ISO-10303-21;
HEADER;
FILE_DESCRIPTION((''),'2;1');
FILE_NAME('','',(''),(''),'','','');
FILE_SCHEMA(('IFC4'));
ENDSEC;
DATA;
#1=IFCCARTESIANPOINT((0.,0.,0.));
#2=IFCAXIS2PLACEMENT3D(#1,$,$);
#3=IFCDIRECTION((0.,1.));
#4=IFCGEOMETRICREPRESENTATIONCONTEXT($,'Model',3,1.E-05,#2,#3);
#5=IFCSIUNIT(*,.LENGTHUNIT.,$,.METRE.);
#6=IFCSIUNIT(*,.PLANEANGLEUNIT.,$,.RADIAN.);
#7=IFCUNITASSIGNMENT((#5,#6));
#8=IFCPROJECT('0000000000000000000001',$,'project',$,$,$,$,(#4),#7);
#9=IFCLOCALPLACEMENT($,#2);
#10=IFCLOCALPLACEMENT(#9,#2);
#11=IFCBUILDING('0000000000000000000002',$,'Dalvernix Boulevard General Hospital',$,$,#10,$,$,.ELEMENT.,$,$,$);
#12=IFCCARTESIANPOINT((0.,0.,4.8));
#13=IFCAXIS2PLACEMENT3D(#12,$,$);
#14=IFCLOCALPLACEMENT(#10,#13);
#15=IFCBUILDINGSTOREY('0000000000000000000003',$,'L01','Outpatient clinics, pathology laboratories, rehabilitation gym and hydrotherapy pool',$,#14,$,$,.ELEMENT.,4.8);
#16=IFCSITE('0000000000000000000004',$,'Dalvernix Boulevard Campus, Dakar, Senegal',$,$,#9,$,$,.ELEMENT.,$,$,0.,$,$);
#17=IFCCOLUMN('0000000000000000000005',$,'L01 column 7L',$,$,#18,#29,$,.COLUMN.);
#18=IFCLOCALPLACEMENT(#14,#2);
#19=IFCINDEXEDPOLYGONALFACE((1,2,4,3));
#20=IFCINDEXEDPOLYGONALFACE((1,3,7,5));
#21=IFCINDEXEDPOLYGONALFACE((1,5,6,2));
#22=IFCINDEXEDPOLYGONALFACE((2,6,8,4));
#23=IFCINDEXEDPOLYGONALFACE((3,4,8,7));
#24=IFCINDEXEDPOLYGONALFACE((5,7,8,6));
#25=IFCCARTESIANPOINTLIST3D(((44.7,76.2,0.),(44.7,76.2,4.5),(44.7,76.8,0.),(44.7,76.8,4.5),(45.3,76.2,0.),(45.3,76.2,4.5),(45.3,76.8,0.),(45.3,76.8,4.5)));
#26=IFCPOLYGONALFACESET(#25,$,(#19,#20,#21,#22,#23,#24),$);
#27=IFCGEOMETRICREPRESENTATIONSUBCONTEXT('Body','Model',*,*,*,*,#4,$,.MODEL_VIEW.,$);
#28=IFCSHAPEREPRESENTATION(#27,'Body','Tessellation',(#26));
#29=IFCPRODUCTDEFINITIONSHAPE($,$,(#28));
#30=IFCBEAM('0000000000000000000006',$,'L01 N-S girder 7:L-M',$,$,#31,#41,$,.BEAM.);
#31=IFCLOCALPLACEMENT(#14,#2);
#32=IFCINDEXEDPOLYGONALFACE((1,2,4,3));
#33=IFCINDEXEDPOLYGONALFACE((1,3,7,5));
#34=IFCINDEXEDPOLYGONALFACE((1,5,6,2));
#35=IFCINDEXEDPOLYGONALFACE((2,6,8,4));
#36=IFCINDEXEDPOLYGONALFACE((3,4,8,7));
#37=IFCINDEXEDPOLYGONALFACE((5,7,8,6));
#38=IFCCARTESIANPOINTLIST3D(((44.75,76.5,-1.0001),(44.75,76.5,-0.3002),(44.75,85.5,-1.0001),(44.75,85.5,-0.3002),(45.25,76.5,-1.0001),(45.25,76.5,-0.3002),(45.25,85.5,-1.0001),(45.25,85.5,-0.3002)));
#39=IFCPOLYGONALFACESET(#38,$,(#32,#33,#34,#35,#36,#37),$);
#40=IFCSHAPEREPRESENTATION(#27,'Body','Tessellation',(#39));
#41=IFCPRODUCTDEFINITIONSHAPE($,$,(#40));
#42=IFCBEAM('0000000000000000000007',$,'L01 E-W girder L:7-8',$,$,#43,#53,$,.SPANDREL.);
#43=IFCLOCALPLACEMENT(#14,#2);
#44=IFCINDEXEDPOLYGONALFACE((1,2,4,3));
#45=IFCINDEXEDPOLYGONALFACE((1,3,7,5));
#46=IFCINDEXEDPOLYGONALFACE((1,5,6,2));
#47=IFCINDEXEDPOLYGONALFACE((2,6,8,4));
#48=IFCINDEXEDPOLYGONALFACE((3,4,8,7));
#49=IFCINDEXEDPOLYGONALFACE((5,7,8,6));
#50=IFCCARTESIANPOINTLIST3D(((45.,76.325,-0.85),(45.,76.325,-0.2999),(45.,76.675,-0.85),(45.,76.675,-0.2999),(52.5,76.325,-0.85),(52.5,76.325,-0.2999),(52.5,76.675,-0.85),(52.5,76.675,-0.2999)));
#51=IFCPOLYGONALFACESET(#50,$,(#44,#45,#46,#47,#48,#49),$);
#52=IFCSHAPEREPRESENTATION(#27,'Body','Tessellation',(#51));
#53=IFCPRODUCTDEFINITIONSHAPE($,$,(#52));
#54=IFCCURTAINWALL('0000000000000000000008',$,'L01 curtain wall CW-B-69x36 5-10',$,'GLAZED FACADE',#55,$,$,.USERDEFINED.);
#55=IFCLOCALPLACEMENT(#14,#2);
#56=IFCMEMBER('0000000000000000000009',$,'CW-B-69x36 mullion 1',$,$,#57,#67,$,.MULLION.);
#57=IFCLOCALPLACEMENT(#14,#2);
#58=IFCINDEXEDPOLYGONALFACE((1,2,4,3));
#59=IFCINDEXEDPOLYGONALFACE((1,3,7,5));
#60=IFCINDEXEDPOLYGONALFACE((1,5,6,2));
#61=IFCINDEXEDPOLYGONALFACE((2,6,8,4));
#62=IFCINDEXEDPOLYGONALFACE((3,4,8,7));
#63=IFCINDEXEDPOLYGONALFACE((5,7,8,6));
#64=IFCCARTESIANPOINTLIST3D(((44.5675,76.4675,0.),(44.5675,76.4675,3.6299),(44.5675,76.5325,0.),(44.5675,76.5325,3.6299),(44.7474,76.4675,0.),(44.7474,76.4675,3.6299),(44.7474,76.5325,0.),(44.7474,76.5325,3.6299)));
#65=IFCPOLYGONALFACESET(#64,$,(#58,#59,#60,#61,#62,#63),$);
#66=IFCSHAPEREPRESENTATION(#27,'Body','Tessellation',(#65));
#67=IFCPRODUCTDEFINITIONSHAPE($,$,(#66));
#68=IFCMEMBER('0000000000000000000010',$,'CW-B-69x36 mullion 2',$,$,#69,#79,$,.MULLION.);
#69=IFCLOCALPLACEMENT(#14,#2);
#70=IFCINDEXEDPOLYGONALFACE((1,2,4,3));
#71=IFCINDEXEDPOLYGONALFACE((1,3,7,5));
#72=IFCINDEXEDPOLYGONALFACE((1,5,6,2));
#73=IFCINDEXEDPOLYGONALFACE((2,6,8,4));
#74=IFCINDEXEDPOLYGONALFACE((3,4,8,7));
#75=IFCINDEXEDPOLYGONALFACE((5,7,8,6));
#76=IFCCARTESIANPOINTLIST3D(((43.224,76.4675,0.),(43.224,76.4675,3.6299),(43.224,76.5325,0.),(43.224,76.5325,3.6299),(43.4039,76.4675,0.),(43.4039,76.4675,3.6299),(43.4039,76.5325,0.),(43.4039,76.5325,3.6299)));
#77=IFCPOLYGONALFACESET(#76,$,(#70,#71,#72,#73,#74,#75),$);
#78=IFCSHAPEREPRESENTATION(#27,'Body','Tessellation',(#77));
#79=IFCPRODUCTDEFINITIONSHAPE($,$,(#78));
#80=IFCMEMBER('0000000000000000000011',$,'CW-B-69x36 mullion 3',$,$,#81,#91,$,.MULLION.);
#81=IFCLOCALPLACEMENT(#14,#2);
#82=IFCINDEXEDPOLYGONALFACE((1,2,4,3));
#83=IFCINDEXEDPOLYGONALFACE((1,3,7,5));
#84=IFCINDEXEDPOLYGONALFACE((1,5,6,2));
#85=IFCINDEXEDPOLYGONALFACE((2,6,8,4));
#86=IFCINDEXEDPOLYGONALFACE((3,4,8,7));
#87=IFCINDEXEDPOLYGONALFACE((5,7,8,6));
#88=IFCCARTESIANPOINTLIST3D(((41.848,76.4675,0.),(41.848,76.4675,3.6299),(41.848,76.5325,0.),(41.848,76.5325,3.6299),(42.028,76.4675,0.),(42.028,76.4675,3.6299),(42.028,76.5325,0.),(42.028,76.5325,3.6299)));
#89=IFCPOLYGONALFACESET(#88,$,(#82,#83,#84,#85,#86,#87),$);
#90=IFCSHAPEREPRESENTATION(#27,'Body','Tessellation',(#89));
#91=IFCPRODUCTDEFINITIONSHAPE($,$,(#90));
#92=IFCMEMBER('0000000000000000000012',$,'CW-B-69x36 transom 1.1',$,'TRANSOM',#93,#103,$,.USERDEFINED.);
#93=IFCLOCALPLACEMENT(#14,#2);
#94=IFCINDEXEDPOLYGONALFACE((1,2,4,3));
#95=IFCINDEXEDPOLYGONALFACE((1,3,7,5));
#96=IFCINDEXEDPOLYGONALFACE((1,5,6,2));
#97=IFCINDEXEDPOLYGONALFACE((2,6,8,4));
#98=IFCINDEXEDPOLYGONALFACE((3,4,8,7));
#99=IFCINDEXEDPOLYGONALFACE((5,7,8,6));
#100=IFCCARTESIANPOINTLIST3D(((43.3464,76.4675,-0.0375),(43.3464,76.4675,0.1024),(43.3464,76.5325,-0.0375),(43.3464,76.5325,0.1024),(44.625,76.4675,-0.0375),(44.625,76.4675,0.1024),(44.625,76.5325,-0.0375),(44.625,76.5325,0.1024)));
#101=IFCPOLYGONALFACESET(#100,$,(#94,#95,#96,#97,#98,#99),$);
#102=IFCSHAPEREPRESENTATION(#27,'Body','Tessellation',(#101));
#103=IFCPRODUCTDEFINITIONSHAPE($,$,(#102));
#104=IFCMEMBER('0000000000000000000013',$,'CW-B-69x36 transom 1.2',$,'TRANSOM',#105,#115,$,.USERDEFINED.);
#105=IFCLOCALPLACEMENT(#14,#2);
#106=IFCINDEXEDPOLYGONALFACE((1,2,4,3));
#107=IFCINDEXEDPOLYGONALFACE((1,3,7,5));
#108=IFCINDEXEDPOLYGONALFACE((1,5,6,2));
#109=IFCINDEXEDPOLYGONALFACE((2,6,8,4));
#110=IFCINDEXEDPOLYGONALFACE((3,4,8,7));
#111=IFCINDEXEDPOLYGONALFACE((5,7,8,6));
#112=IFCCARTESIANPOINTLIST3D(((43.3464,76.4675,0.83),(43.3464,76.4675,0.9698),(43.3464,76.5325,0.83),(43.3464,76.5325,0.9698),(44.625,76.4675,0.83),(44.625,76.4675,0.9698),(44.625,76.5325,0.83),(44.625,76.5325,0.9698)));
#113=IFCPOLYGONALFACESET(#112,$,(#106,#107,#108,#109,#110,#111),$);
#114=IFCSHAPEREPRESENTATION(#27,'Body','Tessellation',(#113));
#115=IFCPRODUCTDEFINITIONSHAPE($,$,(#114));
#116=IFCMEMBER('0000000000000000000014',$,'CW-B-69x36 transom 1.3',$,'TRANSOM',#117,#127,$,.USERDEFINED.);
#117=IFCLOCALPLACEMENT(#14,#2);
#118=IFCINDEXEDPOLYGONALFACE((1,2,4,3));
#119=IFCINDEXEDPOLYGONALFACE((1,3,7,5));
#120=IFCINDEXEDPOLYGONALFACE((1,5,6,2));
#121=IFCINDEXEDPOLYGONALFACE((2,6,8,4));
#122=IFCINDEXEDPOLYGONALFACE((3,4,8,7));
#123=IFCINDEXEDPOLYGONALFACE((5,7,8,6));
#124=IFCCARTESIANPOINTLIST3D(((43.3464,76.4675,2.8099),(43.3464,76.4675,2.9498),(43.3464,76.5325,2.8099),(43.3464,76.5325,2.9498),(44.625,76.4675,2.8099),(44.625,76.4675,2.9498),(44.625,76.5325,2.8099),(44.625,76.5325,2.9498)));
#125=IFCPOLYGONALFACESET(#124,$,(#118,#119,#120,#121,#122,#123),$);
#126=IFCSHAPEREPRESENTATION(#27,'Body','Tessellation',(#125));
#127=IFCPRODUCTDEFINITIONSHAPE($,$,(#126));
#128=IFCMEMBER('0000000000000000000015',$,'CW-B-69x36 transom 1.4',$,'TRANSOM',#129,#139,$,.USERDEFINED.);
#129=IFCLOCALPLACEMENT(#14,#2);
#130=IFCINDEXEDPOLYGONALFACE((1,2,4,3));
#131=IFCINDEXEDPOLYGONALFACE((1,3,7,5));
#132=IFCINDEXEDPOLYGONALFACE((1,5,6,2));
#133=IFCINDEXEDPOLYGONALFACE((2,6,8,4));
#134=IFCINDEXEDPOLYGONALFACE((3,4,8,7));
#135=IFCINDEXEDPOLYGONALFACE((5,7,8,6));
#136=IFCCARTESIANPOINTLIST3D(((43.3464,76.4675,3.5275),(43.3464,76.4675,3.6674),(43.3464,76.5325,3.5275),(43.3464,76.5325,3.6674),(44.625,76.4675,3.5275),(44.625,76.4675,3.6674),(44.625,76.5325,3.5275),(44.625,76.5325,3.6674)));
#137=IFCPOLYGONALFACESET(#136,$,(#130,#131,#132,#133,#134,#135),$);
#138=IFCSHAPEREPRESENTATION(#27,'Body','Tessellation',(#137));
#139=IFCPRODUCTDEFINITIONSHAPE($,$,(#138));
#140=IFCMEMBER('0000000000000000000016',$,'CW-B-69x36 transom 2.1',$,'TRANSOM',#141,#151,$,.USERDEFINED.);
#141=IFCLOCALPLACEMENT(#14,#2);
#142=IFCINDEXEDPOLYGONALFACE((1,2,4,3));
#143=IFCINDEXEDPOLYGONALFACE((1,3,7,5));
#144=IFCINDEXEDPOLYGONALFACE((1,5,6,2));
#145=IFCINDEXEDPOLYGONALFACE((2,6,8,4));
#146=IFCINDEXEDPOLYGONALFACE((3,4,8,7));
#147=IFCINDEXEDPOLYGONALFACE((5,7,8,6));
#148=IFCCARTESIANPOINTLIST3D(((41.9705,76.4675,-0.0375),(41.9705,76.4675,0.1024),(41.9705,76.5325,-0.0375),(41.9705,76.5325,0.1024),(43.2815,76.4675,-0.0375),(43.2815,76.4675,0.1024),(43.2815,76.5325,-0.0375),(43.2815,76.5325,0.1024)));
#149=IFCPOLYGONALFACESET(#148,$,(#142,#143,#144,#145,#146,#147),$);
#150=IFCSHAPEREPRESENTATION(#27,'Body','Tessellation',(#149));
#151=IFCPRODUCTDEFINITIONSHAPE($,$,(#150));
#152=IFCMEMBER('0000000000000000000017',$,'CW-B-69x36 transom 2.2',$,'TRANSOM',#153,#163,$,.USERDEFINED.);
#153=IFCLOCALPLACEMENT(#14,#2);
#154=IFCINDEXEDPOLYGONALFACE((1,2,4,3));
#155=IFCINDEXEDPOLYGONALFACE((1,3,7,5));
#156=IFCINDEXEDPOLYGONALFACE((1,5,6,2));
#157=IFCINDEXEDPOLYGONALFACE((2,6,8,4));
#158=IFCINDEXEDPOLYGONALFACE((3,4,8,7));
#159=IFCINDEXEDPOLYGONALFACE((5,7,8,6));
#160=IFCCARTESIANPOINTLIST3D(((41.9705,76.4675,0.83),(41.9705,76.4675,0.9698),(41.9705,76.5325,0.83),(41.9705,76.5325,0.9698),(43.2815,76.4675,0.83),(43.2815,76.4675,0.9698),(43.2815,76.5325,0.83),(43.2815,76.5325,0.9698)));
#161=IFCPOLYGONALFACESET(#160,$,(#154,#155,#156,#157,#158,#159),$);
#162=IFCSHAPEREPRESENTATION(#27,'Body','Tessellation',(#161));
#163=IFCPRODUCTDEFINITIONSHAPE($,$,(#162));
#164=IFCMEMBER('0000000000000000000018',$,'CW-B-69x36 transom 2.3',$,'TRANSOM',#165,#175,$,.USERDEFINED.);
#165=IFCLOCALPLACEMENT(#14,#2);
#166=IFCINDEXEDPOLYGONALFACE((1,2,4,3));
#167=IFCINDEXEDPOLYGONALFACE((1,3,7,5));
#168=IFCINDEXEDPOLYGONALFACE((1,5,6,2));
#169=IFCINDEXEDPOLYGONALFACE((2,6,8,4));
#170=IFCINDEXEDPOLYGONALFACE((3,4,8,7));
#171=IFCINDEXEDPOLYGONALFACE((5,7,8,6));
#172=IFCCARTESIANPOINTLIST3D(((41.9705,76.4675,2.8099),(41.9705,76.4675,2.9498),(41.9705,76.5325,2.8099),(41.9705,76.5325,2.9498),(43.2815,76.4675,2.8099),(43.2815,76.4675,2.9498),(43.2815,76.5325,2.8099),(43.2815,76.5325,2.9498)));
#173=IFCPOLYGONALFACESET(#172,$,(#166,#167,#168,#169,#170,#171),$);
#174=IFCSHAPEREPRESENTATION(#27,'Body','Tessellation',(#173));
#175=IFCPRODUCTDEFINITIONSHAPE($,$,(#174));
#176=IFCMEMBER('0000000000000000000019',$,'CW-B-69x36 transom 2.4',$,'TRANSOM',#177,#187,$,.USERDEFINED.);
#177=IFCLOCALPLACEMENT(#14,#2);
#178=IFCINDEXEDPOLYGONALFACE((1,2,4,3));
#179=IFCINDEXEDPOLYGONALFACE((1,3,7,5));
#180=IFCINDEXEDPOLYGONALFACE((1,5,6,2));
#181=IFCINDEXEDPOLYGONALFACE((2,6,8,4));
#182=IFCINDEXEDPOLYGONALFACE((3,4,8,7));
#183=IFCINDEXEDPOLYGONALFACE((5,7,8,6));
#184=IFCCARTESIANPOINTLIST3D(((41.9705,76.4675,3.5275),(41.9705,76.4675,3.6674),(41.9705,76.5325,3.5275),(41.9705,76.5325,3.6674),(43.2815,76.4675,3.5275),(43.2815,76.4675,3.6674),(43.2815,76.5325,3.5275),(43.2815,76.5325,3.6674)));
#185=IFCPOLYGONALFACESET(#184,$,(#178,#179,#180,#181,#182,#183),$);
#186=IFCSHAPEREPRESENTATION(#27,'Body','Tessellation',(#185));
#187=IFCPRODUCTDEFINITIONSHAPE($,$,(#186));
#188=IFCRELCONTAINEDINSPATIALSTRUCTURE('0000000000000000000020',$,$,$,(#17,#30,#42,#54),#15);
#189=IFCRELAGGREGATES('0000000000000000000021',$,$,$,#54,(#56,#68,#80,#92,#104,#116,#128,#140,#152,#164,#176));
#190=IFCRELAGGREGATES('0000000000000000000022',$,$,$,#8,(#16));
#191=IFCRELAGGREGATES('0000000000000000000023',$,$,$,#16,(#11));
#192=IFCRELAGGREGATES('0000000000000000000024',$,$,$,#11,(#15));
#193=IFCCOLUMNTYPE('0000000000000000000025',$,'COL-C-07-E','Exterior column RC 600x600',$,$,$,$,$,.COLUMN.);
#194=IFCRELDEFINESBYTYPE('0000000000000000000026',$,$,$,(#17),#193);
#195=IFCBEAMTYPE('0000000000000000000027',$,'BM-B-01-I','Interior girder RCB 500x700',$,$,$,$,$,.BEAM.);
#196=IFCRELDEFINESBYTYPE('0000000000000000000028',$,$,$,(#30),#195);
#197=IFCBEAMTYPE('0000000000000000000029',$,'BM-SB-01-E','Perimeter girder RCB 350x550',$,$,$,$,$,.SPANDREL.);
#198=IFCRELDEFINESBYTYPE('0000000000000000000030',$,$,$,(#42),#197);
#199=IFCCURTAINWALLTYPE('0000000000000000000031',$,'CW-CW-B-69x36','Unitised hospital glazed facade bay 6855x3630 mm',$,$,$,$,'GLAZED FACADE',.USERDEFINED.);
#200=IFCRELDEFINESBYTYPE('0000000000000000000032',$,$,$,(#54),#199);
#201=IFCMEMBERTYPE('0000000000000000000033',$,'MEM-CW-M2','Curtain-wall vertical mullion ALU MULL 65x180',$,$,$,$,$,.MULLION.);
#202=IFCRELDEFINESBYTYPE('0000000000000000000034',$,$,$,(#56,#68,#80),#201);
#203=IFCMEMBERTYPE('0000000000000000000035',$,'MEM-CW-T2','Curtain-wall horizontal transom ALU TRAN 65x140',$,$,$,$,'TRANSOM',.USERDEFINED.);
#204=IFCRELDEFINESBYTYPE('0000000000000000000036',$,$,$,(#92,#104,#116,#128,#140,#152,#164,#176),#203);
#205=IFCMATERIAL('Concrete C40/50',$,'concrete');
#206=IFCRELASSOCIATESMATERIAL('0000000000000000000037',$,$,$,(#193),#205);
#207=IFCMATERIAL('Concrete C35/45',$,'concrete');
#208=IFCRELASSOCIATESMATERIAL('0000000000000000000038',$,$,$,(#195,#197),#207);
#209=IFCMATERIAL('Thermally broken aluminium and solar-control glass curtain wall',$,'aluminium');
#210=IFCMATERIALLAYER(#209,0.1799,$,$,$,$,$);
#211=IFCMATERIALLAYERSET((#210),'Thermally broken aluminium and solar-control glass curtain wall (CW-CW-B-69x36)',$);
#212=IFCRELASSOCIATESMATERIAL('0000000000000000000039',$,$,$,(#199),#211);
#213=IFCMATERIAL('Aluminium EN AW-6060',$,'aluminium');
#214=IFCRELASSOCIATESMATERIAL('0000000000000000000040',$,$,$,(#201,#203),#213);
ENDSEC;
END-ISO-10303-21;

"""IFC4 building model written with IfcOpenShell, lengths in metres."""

from ifc_helpers import new_model, si_unit, direction, frame, origin, origin_2d, place, context, subcontext, project, spatial, rectangle, extrude, material, layer, layer_set, material_profile, profile_set, type_object, element, aggregate, save


model = new_model("IFC4")

# Units and contexts
model_context = context("Model", 3, precision=1e-05, world=origin(), true_north=direction((0.0, 1.0)))
body_context = subcontext(model_context, "Body", "Model", "MODEL_VIEW")
ifc_project = project(units=[si_unit("LENGTHUNIT", "METRE"), si_unit("PLANEANGLEUNIT", "RADIAN")], contexts=[model_context])

# Site, building, storey
site_placement = place(None, origin())
site = spatial("IfcSite", under=ifc_project, at=site_placement, Name="Dalvernix Boulevard Campus, Dakar, Senegal", CompositionType="ELEMENT", RefElevation=0.0)
building_placement = place(site_placement, origin())
building = spatial("IfcBuilding", under=site, at=building_placement, Name="Dalvernix Boulevard General Hospital", CompositionType="ELEMENT")
storey_placement = place(building_placement, frame((0.0, 0.0, 4.8)))
storey = spatial("IfcBuildingStorey", under=building, at=storey_placement, Name="L01", Description="Outpatient clinics, pathology laboratories, rehabilitation gym and hydrotherapy pool", CompositionType="ELEMENT", Elevation=4.8)

# Column
ifc_material_1 = material(Name="Concrete C40/50", Category="concrete")
ifc_material_profile_1 = material_profile(ifc_material_1, rectangle(XDim=0.6001, YDim=0.6001, at=origin_2d()), Name="RC 600x600")
ifc_profile_set_1 = profile_set([ifc_material_profile_1], Name="Concrete C40/50")
column_type = type_object("IfcColumnType", Name="COL-C-07-E", Description="Exterior column RC 600x600", PredefinedType="COLUMN", material=ifc_profile_set_1)
column_placement = place(storey_placement, frame((45.0, 76.5, 0.0), z_axis=(0.0, 0.0, 1.0), x_axis=(1.0, 0.0, 0.0)))
element("IfcColumn", 1, at=column_placement, inside=storey, type_object=column_type, Name="L01 column 7L", PredefinedType="COLUMN", context=body_context, shape_type="SweptSolid", body=[
    extrude(rectangle(XDim=0.6001, YDim=0.6001, at=origin_2d()), origin(), (0.0, 0.0, 1.0), 4.5),
])

# Beams
ifc_material_2 = material(Name="Concrete C35/45", Category="concrete")
ifc_material_profile_2 = material_profile(ifc_material_2, rectangle(XDim=0.5, YDim=0.7, at=origin_2d()), Name="RCB 500x700")
ifc_profile_set_2 = profile_set([ifc_material_profile_2], Name="Concrete C35/45")
beam_type_1 = type_object("IfcBeamType", Name="BM-B-01-I", Description="Interior girder RCB 500x700", PredefinedType="BEAM", material=ifc_profile_set_2)
beam_1_placement = place(storey_placement, frame((45.0, 76.5, -0.6501), z_axis=(0.0, 1.0, 0.0), x_axis=(-1.0, 0.0, 0.0)))
element("IfcBeam", 2, at=beam_1_placement, inside=storey, type_object=beam_type_1, Name="L01 N-S girder 7:L-M", PredefinedType="BEAM", context=body_context, shape_type="SweptSolid", body=[
    extrude(rectangle(XDim=0.5, YDim=0.7, at=origin_2d()), origin(), (0.0, 0.0, 1.0), 9.0),
])
ifc_material_profile_3 = material_profile(ifc_material_2, rectangle(XDim=0.3501, YDim=0.55, at=origin_2d()), Name="RCB 350x550")
ifc_profile_set_3 = profile_set([ifc_material_profile_3], Name="Concrete C35/45")
beam_type_2 = type_object("IfcBeamType", Name="BM-SB-01-E", Description="Perimeter girder RCB 350x550", PredefinedType="SPANDREL", material=ifc_profile_set_3)
beam_2_placement = place(storey_placement, frame((45.0, 76.5, -0.575), z_axis=(1.0, 0.0, 0.0), x_axis=(0.0, 1.0, 0.0)))
element("IfcBeam", 3, at=beam_2_placement, inside=storey, type_object=beam_type_2, Name="L01 E-W girder L:7-8", PredefinedType="SPANDREL", context=body_context, shape_type="SweptSolid", body=[
    extrude(rectangle(XDim=0.3501, YDim=0.55, at=origin_2d()), origin(), (0.0, 0.0, 1.0), 7.5),
])

# Curtain wall, members
ifc_material_3 = material(Name="Thermally broken aluminium and solar-control glass curtain wall", Category="aluminium")
ifc_layer_1 = layer(ifc_material_3, 0.1799)
ifc_layer_set_1 = layer_set([ifc_layer_1], Name="Thermally broken aluminium and solar-control glass curtain wall (CW-CW-B-69x36)")
curtain_wall_type = type_object("IfcCurtainWallType", Name="CW-CW-B-69x36", Description="Unitised hospital glazed facade bay 6855x3630 mm", ElementType="GLAZED FACADE", PredefinedType="USERDEFINED", material=ifc_layer_set_1)
curtain_wall_placement = place(storey_placement, origin())
curtain_wall = element("IfcCurtainWall", 4, at=curtain_wall_placement, inside=storey, type_object=curtain_wall_type, Name="L01 curtain wall CW-B-69x36 5-10", ObjectType="GLAZED FACADE", PredefinedType="USERDEFINED")
ifc_material_4 = material(Name="Aluminium EN AW-6060", Category="aluminium")
ifc_material_profile_4 = material_profile(ifc_material_4, rectangle(XDim=0.0649, YDim=0.1799, at=origin_2d()), Name="ALU MULL 65x180")
ifc_profile_set_4 = profile_set([ifc_material_profile_4], Name="Aluminium EN AW-6060")
member_type_1 = type_object("IfcMemberType", Name="MEM-CW-M2", Description="Curtain-wall vertical mullion ALU MULL 65x180", PredefinedType="MULLION", material=ifc_profile_set_4)
member_1_placement = place(storey_placement, frame((44.6575, 76.5, 0.0), z_axis=(0.0, 0.0, 1.0), x_axis=(0.0, -1.0, 0.0)))
member_1 = element("IfcMember", 5, at=member_1_placement, type_object=member_type_1, Name="CW-B-69x36 mullion 1", PredefinedType="MULLION", context=body_context, shape_type="SweptSolid", body=[
    extrude(rectangle(XDim=0.0649, YDim=0.1799, at=origin_2d()), origin(), (0.0, 0.0, 1.0), 3.6299),
])
member_2_placement = place(storey_placement, frame((43.314, 76.5, 0.0), z_axis=(0.0, 0.0, 1.0), x_axis=(0.0, -1.0, 0.0)))
member_2 = element("IfcMember", 6, at=member_2_placement, type_object=member_type_1, Name="CW-B-69x36 mullion 2", PredefinedType="MULLION", context=body_context, shape_type="SweptSolid", body=[
    extrude(rectangle(XDim=0.0649, YDim=0.1799, at=origin_2d()), origin(), (0.0, 0.0, 1.0), 3.6299),
])
member_3_placement = place(storey_placement, frame((41.938, 76.5, 0.0), z_axis=(0.0, 0.0, 1.0), x_axis=(0.0, -1.0, 0.0)))
member_3 = element("IfcMember", 7, at=member_3_placement, type_object=member_type_1, Name="CW-B-69x36 mullion 3", PredefinedType="MULLION", context=body_context, shape_type="SweptSolid", body=[
    extrude(rectangle(XDim=0.0649, YDim=0.1799, at=origin_2d()), origin(), (0.0, 0.0, 1.0), 3.6299),
])
ifc_material_profile_5 = material_profile(ifc_material_4, rectangle(XDim=0.0649, YDim=0.1399, at=origin_2d()), Name="ALU TRAN 65x140")
ifc_profile_set_5 = profile_set([ifc_material_profile_5], Name="Aluminium EN AW-6060")
member_type_2 = type_object("IfcMemberType", Name="MEM-CW-T2", Description="Curtain-wall horizontal transom ALU TRAN 65x140", ElementType="TRANSOM", PredefinedType="USERDEFINED", material=ifc_profile_set_5)
member_4_placement = place(storey_placement, frame((44.625, 76.5, 0.0325), z_axis=(-1.0, 0.0, 0.0), x_axis=(0.0, -1.0, 0.0)))
member_4 = element("IfcMember", 8, at=member_4_placement, type_object=member_type_2, Name="CW-B-69x36 transom 1.1", ObjectType="TRANSOM", PredefinedType="USERDEFINED", context=body_context, shape_type="SweptSolid", body=[
    extrude(rectangle(XDim=0.0649, YDim=0.1399, at=origin_2d()), origin(), (0.0, 0.0, 1.0), 1.2786),
])
member_5_placement = place(storey_placement, frame((44.625, 76.5, 0.8999), z_axis=(-1.0, 0.0, 0.0), x_axis=(0.0, -1.0, 0.0)))
member_5 = element("IfcMember", 9, at=member_5_placement, type_object=member_type_2, Name="CW-B-69x36 transom 1.2", ObjectType="TRANSOM", PredefinedType="USERDEFINED", context=body_context, shape_type="SweptSolid", body=[
    extrude(rectangle(XDim=0.0649, YDim=0.1399, at=origin_2d()), origin(), (0.0, 0.0, 1.0), 1.2786),
])
member_6_placement = place(storey_placement, frame((44.625, 76.5, 2.8799), z_axis=(-1.0, 0.0, 0.0), x_axis=(0.0, -1.0, 0.0)))
member_6 = element("IfcMember", 10, at=member_6_placement, type_object=member_type_2, Name="CW-B-69x36 transom 1.3", ObjectType="TRANSOM", PredefinedType="USERDEFINED", context=body_context, shape_type="SweptSolid", body=[
    extrude(rectangle(XDim=0.0649, YDim=0.1399, at=origin_2d()), origin(), (0.0, 0.0, 1.0), 1.2786),
])
member_7_placement = place(storey_placement, frame((44.625, 76.5, 3.5974), z_axis=(-1.0, 0.0, 0.0), x_axis=(0.0, -1.0, 0.0)))
member_7 = element("IfcMember", 11, at=member_7_placement, type_object=member_type_2, Name="CW-B-69x36 transom 1.4", ObjectType="TRANSOM", PredefinedType="USERDEFINED", context=body_context, shape_type="SweptSolid", body=[
    extrude(rectangle(XDim=0.0649, YDim=0.1399, at=origin_2d()), origin(), (0.0, 0.0, 1.0), 1.2786),
])
member_8_placement = place(storey_placement, frame((43.2815, 76.5, 0.0325), z_axis=(-1.0, 0.0, 0.0), x_axis=(0.0, -1.0, 0.0)))
member_8 = element("IfcMember", 12, at=member_8_placement, type_object=member_type_2, Name="CW-B-69x36 transom 2.1", ObjectType="TRANSOM", PredefinedType="USERDEFINED", context=body_context, shape_type="SweptSolid", body=[
    extrude(rectangle(XDim=0.0649, YDim=0.1399, at=origin_2d()), origin(), (0.0, 0.0, 1.0), 1.311),
])
member_9_placement = place(storey_placement, frame((43.2815, 76.5, 0.8999), z_axis=(-1.0, 0.0, 0.0), x_axis=(0.0, -1.0, 0.0)))
member_9 = element("IfcMember", 13, at=member_9_placement, type_object=member_type_2, Name="CW-B-69x36 transom 2.2", ObjectType="TRANSOM", PredefinedType="USERDEFINED", context=body_context, shape_type="SweptSolid", body=[
    extrude(rectangle(XDim=0.0649, YDim=0.1399, at=origin_2d()), origin(), (0.0, 0.0, 1.0), 1.311),
])
member_10_placement = place(storey_placement, frame((43.2815, 76.5, 2.8799), z_axis=(-1.0, 0.0, 0.0), x_axis=(0.0, -1.0, 0.0)))
member_10 = element("IfcMember", 14, at=member_10_placement, type_object=member_type_2, Name="CW-B-69x36 transom 2.3", ObjectType="TRANSOM", PredefinedType="USERDEFINED", context=body_context, shape_type="SweptSolid", body=[
    extrude(rectangle(XDim=0.0649, YDim=0.1399, at=origin_2d()), origin(), (0.0, 0.0, 1.0), 1.311),
])
member_11_placement = place(storey_placement, frame((43.2815, 76.5, 3.5974), z_axis=(-1.0, 0.0, 0.0), x_axis=(0.0, -1.0, 0.0)))
member_11 = element("IfcMember", 15, at=member_11_placement, type_object=member_type_2, Name="CW-B-69x36 transom 2.4", ObjectType="TRANSOM", PredefinedType="USERDEFINED", context=body_context, shape_type="SweptSolid", body=[
    extrude(rectangle(XDim=0.0649, YDim=0.1399, at=origin_2d()), origin(), (0.0, 0.0, 1.0), 1.311),
])
aggregate(curtain_wall, [member_1, member_2, member_3, member_4, member_5, member_6, member_7, member_8, member_9, member_10, member_11])

save(model, "model.ifc")
